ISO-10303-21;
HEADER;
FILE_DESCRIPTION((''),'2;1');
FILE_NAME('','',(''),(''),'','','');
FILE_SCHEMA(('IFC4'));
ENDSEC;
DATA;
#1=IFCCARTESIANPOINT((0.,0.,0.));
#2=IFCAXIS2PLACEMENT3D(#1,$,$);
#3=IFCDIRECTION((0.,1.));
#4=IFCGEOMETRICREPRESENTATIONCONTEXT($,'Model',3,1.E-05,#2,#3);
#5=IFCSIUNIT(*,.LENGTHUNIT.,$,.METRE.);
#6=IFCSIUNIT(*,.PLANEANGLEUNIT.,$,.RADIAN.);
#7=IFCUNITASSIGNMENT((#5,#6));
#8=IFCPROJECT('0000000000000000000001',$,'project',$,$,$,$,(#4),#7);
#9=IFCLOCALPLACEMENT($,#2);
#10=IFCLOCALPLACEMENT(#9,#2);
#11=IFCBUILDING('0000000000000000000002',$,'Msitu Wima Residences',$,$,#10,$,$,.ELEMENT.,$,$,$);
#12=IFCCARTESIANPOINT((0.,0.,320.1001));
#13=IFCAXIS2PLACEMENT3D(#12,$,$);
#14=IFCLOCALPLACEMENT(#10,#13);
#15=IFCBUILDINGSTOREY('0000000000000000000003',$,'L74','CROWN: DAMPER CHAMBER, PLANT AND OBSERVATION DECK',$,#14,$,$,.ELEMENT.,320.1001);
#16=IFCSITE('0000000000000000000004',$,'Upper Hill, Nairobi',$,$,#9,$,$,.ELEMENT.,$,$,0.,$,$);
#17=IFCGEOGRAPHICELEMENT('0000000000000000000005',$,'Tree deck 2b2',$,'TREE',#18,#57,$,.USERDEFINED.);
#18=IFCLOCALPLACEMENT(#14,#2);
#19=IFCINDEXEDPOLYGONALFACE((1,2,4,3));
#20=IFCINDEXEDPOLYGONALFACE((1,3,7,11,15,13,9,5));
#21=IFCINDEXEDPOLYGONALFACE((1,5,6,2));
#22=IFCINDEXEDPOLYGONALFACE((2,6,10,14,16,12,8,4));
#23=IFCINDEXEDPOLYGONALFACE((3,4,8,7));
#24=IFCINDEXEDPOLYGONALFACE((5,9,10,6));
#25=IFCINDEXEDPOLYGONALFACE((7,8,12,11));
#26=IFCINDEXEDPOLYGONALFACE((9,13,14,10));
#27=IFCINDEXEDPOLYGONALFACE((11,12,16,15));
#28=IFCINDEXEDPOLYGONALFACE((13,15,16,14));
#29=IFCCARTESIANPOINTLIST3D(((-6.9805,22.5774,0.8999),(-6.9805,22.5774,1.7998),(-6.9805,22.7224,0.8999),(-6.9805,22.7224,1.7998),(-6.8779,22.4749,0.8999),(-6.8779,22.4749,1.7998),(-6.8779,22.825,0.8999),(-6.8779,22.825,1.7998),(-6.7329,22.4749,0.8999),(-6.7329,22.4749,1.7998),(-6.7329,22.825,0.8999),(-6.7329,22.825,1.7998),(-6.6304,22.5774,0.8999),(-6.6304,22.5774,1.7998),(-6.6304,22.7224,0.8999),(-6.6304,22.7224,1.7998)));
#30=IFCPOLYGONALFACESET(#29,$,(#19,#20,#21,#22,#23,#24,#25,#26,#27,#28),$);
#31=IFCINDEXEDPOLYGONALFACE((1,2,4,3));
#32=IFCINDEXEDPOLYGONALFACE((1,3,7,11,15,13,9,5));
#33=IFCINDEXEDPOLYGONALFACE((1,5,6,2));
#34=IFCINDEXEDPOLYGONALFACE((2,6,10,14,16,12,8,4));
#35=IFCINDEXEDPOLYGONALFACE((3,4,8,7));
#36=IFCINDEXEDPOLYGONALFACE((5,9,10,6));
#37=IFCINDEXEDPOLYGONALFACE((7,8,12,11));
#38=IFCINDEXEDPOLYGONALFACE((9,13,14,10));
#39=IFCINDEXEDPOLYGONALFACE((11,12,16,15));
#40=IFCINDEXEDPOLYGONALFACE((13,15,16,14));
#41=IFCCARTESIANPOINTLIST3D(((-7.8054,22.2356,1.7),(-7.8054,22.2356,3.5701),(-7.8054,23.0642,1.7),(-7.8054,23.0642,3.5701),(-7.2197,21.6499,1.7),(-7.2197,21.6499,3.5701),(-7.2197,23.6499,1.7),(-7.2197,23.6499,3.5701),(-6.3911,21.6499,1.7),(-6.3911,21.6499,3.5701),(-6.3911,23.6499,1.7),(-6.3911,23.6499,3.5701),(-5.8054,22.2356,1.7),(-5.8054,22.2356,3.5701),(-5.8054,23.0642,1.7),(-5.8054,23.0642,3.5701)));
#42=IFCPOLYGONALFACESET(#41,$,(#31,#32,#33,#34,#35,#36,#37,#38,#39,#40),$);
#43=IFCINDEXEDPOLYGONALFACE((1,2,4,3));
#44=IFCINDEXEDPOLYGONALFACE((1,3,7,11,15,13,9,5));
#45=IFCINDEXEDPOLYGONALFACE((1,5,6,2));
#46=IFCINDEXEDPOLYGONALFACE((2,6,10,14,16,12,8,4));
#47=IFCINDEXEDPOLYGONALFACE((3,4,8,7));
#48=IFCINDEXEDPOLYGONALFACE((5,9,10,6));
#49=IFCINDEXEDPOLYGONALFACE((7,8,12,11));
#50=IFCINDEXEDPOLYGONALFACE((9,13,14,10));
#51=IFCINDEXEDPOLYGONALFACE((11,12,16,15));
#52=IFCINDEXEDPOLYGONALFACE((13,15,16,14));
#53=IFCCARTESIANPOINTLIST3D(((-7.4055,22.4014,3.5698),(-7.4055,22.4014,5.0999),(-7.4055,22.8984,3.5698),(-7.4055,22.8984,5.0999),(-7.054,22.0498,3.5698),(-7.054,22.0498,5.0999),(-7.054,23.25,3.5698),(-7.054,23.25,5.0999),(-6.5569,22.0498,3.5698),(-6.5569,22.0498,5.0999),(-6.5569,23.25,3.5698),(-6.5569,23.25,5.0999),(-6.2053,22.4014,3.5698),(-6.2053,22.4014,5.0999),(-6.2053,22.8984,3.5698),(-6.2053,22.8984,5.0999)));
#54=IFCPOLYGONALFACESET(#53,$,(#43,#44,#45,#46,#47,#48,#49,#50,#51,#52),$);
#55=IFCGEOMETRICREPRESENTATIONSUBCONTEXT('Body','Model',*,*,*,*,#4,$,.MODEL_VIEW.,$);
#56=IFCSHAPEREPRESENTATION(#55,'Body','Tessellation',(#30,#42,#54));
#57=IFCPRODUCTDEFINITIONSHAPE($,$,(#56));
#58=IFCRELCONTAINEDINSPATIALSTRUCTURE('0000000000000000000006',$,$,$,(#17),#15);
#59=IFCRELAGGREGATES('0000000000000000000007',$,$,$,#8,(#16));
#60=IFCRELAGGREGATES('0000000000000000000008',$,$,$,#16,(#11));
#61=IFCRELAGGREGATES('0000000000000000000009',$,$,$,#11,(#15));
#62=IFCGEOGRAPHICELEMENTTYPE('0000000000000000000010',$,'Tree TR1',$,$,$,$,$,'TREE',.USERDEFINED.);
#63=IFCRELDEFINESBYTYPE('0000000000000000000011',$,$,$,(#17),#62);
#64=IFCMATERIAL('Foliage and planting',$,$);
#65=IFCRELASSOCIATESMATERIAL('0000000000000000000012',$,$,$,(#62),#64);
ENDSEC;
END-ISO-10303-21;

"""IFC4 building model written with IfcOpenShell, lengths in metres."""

from ifc_helpers import new_model, si_unit, direction, frame, origin, place, context, subcontext, project, spatial, polyline, outline, extrude, material, type_object, element, save


model = new_model("IFC4")

# Units and contexts
model_context = context("Model", 3, precision=1e-05, world=origin(), true_north=direction((0.0, 1.0)))
body_context = subcontext(model_context, "Body", "Model", "MODEL_VIEW")
ifc_project = project(units=[si_unit("LENGTHUNIT", "METRE"), si_unit("PLANEANGLEUNIT", "RADIAN")], contexts=[model_context])

# Site, building, storey
site_placement = place(None, origin())
site = spatial("IfcSite", under=ifc_project, at=site_placement, Name="Upper Hill, Nairobi", CompositionType="ELEMENT", RefElevation=0.0)
building_placement = place(site_placement, origin())
building = spatial("IfcBuilding", under=site, at=building_placement, Name="Msitu Wima Residences", CompositionType="ELEMENT")
storey_placement = place(building_placement, frame((0.0, 0.0, 320.1001)))
storey = spatial("IfcBuildingStorey", under=building, at=storey_placement, Name="L74", Description="CROWN: DAMPER CHAMBER, PLANT AND OBSERVATION DECK", CompositionType="ELEMENT", Elevation=320.1001)

# Geographic element
ifc_material_1 = material(Name="Foliage and planting")
geographic_element_type = type_object("IfcGeographicElementType", Name="Tree TR1", ElementType="TREE", PredefinedType="USERDEFINED", material=ifc_material_1)
geographic_element_placement = place(storey_placement, frame((-6.8054, 22.6499, 0.8999), z_axis=(0.0, 0.0, 1.0), x_axis=(1.0, 0.0, 0.0)))
element("IfcGeographicElement", 1, at=geographic_element_placement, inside=storey, type_object=geographic_element_type, Name="Tree deck 2b2", ObjectType="TREE", PredefinedType="USERDEFINED", context=body_context, shape_type="SweptSolid", body=[
    extrude(outline(polyline([(0.175, 0.0725), (0.0725, 0.175), (-0.0725, 0.175), (-0.175, 0.0725), (-0.175, -0.0725), (-0.0725, -0.175), (0.0725, -0.175), (0.175, -0.0725), (0.175, 0.0725)])), origin(), (0.0, 0.0, 1.0), 0.8999),
    extrude(outline(polyline([(1.0, 0.4143), (0.4143, 1.0), (-0.4143, 1.0), (-1.0, 0.4143), (-1.0, -0.4143), (-0.4143, -1.0), (0.4143, -1.0), (1.0, -0.4143), (1.0, 0.4143)])), frame((0.0, 0.0, 0.8)), (0.0, 0.0, 1.0), 1.8701),
    extrude(outline(polyline([(0.6001, 0.2485), (0.2485, 0.6001), (-0.2485, 0.6001), (-0.6001, 0.2485), (-0.6001, -0.2485), (-0.2485, -0.6001), (0.2485, -0.6001), (0.6001, -0.2485), (0.6001, 0.2485)])), frame((0.0, 0.0, 2.6699)), (0.0, 0.0, 1.0), 1.53),
])

save(model, "model.ifc")
